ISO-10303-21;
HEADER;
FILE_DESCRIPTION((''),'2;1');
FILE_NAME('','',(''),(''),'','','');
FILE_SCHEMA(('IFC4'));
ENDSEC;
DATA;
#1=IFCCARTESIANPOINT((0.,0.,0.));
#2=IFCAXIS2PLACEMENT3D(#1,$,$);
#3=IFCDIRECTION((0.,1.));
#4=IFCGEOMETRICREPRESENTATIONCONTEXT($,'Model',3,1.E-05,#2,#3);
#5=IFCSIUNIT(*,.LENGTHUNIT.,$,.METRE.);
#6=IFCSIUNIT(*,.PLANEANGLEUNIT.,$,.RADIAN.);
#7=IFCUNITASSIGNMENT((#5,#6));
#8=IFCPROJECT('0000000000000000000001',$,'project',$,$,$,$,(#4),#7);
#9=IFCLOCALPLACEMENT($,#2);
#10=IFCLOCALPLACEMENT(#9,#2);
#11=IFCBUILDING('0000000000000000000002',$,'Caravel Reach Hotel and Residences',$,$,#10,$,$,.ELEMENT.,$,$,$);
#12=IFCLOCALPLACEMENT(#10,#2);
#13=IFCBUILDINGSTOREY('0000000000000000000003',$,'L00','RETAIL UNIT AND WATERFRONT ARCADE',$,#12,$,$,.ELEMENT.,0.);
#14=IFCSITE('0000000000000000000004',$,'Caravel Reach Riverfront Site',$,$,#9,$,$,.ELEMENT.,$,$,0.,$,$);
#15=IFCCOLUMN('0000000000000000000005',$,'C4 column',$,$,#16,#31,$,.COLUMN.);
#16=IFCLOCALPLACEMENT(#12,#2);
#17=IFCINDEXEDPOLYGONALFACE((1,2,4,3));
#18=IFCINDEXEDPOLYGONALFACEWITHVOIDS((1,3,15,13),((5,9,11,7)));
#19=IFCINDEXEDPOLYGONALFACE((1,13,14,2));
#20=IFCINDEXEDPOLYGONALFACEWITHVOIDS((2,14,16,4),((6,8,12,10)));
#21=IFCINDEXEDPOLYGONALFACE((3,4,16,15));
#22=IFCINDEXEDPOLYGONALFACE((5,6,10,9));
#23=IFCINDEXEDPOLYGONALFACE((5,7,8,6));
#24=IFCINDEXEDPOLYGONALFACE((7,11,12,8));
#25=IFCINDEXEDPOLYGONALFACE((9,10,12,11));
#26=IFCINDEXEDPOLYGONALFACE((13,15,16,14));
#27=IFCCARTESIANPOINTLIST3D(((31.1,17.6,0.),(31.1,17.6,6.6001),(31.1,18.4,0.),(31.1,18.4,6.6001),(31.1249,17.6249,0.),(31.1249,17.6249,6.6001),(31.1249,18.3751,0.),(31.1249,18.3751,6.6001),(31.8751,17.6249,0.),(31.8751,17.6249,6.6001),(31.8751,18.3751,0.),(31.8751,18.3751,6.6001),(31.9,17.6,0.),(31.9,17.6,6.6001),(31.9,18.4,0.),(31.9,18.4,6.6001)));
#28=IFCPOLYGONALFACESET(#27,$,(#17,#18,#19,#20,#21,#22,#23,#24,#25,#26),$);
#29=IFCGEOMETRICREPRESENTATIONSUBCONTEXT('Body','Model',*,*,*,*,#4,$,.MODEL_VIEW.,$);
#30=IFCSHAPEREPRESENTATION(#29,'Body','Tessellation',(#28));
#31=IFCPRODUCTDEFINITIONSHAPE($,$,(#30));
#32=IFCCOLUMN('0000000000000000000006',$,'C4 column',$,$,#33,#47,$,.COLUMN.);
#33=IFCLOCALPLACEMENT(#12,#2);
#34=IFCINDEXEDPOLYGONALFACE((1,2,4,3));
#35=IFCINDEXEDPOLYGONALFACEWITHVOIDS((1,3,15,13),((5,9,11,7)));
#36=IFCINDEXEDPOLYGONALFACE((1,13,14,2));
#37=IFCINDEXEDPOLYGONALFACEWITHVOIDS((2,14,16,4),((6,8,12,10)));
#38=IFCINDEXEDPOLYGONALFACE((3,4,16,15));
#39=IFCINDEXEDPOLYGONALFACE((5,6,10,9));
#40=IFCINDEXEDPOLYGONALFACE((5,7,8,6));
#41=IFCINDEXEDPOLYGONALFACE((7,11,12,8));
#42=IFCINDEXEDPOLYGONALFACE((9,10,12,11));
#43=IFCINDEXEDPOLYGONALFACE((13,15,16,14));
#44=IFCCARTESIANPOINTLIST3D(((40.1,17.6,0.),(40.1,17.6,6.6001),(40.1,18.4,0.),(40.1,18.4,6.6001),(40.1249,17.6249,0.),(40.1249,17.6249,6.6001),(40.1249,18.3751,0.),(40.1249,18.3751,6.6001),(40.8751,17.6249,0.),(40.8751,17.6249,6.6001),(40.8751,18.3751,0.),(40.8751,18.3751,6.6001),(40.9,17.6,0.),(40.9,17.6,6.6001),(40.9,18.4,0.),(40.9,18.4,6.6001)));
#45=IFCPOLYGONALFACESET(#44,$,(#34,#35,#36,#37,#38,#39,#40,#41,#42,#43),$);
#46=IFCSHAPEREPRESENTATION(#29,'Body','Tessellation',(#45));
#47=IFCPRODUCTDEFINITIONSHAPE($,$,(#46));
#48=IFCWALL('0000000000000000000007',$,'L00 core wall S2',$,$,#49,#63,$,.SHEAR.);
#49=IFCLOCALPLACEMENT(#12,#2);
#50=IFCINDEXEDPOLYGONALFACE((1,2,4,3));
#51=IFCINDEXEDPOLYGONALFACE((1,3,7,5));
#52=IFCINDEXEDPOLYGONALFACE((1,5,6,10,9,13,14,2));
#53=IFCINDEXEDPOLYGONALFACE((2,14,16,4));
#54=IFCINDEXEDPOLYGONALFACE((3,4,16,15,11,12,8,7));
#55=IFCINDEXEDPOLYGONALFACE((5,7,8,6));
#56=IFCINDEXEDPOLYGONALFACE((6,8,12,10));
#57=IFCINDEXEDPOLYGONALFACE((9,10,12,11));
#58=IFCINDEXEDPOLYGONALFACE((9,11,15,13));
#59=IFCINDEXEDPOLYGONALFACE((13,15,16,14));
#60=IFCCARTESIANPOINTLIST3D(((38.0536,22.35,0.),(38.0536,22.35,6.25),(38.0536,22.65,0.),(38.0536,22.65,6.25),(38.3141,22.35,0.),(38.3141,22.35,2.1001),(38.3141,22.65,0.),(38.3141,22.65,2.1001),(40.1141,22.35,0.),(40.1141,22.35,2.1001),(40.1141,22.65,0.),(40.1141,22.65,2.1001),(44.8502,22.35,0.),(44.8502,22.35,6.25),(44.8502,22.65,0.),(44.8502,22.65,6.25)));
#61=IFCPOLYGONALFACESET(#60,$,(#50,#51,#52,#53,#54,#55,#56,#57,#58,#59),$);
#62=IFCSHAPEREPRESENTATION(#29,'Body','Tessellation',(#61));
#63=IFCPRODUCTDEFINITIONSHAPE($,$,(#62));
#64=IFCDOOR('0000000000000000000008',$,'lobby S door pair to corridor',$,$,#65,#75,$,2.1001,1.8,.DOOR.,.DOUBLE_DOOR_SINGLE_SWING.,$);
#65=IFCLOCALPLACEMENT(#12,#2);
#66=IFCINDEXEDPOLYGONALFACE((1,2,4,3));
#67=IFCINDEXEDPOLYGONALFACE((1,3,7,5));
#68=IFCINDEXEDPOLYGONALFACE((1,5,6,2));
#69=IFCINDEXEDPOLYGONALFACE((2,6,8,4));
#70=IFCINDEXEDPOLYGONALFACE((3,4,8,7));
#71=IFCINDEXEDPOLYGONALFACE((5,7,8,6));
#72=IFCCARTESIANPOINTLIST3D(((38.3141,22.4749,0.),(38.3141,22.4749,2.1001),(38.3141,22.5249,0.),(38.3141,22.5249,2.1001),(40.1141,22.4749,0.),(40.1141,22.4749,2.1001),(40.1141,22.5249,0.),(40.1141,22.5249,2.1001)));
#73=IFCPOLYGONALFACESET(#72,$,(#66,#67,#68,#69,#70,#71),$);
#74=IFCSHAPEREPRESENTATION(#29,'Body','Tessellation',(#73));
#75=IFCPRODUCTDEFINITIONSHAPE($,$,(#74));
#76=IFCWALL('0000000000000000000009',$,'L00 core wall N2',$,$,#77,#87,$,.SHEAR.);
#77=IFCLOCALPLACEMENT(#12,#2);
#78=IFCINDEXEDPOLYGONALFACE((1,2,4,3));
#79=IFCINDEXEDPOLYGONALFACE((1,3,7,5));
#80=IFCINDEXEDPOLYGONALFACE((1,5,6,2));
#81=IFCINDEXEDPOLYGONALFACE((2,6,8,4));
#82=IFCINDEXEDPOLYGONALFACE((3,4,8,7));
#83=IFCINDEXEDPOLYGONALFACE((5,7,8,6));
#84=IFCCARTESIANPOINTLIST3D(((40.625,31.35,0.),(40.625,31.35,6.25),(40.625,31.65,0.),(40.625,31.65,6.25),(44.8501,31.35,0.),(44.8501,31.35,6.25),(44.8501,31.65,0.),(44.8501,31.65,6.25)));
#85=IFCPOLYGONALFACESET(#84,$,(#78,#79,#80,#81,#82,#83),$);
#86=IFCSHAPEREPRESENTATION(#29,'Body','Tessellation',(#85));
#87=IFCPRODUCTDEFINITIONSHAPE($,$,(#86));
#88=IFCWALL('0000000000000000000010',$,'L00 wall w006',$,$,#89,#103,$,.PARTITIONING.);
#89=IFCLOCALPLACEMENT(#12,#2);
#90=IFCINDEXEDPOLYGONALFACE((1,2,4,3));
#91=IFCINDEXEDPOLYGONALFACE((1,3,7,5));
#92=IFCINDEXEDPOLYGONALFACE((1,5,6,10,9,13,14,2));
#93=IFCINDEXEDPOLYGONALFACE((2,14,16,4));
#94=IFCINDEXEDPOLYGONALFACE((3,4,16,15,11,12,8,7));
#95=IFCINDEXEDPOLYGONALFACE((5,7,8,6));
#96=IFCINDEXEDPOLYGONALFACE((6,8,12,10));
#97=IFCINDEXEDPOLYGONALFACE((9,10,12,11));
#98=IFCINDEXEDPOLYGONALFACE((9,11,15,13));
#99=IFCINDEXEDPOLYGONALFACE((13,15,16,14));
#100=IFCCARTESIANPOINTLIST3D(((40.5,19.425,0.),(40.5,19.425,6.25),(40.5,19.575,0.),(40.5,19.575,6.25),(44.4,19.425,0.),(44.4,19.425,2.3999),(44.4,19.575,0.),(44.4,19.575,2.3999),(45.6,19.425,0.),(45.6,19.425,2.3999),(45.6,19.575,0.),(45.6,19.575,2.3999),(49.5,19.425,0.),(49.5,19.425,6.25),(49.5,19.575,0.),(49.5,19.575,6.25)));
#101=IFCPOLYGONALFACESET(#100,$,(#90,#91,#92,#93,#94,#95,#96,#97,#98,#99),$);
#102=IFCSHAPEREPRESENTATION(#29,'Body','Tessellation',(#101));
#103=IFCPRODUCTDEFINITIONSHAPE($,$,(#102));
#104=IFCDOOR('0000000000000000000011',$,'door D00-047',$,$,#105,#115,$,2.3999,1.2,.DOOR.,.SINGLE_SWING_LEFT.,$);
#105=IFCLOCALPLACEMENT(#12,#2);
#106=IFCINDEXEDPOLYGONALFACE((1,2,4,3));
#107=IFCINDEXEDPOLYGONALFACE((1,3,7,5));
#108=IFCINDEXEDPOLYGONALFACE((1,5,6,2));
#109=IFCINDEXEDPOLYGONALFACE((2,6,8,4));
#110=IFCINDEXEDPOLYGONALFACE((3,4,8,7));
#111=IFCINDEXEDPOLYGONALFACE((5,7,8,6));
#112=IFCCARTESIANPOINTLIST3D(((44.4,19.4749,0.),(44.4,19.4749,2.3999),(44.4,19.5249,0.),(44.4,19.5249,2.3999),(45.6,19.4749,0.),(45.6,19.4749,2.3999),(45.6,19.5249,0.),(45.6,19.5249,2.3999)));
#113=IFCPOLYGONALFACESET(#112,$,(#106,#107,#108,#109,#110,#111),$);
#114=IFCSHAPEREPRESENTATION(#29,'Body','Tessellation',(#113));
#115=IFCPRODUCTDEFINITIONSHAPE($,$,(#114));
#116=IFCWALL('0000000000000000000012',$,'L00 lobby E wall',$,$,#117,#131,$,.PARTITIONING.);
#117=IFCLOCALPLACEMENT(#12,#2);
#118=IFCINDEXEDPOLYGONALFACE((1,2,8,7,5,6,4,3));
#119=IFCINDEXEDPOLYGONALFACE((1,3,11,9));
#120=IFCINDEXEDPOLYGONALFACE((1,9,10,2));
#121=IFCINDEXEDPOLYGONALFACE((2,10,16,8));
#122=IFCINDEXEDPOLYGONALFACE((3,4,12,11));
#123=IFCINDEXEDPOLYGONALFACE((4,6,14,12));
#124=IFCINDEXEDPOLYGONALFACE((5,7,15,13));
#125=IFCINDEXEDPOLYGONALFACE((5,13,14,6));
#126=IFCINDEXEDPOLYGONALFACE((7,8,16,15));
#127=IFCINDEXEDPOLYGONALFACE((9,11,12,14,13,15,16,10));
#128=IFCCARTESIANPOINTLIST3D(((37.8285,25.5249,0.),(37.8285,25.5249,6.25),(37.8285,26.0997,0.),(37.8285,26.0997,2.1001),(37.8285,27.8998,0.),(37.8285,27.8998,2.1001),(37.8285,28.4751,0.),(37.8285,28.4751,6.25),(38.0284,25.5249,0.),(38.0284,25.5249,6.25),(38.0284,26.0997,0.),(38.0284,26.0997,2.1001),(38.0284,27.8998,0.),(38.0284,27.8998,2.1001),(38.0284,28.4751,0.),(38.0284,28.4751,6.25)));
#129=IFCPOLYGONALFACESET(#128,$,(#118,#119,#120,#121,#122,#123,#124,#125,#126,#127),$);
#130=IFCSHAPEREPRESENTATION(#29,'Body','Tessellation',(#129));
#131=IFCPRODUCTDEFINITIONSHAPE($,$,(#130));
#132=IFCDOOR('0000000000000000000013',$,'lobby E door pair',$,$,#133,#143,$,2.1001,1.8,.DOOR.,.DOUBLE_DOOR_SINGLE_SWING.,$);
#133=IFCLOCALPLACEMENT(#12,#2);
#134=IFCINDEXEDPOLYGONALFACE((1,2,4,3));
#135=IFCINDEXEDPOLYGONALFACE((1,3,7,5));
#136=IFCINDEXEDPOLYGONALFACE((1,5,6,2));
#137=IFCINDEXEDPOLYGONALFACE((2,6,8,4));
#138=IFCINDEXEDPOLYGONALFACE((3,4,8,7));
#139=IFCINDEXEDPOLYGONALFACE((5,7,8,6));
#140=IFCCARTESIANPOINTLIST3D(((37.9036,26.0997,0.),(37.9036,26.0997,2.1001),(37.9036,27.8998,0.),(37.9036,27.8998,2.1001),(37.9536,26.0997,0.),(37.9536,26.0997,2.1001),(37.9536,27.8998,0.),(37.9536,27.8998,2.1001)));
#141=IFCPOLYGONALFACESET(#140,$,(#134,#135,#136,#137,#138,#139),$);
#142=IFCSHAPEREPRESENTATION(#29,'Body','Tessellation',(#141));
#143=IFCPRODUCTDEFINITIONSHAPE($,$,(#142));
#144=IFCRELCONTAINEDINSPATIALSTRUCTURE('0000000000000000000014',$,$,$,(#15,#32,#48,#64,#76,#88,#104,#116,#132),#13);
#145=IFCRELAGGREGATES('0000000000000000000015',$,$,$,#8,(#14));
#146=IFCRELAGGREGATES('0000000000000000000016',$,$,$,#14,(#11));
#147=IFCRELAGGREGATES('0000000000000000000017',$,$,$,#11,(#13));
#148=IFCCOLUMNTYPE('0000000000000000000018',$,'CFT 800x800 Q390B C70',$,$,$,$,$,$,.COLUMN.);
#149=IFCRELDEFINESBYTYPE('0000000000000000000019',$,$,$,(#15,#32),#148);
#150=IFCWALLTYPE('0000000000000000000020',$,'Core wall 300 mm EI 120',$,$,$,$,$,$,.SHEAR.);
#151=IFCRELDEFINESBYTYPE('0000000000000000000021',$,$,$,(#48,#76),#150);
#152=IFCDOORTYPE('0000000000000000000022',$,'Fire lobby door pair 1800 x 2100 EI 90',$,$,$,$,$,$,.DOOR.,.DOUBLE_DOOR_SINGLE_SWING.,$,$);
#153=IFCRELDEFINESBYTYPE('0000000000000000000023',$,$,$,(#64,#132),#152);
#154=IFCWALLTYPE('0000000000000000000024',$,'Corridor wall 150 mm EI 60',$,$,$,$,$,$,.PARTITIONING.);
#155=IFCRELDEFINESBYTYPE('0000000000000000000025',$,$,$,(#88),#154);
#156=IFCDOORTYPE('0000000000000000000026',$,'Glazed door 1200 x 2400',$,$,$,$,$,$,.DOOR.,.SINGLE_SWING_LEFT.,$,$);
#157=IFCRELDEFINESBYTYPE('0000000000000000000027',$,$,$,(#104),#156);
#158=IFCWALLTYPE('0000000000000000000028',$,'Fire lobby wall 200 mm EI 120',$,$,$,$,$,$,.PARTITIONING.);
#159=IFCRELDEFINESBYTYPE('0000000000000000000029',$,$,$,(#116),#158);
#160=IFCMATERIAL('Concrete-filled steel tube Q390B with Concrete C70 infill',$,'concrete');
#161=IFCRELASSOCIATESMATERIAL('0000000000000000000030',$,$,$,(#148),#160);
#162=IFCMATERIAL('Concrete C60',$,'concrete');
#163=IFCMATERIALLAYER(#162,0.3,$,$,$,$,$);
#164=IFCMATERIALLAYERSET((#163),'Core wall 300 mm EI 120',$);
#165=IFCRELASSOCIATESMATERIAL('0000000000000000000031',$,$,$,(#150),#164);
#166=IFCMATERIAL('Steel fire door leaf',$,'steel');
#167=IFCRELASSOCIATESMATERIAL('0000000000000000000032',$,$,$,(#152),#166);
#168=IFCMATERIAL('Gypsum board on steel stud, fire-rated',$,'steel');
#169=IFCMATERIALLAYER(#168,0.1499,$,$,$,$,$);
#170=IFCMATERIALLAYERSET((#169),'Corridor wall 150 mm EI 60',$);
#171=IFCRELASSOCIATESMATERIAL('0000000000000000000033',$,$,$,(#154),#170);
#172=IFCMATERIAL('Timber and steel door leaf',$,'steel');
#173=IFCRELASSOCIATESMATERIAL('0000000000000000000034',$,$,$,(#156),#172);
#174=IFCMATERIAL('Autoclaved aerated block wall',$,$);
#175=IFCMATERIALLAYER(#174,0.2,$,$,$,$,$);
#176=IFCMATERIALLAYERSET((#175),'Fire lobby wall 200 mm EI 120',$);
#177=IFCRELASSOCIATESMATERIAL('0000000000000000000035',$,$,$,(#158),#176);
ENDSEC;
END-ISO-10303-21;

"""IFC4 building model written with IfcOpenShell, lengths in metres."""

from ifc_helpers import new_model, si_unit, direction, frame, frame_2d, origin, origin_2d, place, context, subcontext, project, spatial, rectangle, hollow_rectangle, extrude, material, layer, layer_set, material_profile, profile_set, type_object, element, fill, save


model = new_model("IFC4")

# Units and contexts
model_context = context("Model", 3, precision=1e-05, world=origin(), true_north=direction((0.0, 1.0)))
body_context = subcontext(model_context, "Body", "Model", "MODEL_VIEW")
ifc_project = project(units=[si_unit("LENGTHUNIT", "METRE"), si_unit("PLANEANGLEUNIT", "RADIAN")], contexts=[model_context])

# Site, building, storey
site_placement = place(None, origin())
site = spatial("IfcSite", under=ifc_project, at=site_placement, Name="Caravel Reach Riverfront Site", CompositionType="ELEMENT", RefElevation=0.0)
building_placement = place(site_placement, origin())
building = spatial("IfcBuilding", under=site, at=building_placement, Name="Caravel Reach Hotel and Residences", CompositionType="ELEMENT")
storey_placement = place(building_placement, origin())
storey = spatial("IfcBuildingStorey", under=building, at=storey_placement, Name="L00", Description="RETAIL UNIT AND WATERFRONT ARCADE", CompositionType="ELEMENT", Elevation=0.0)

# Columns
ifc_material_1 = material(Name="Concrete-filled steel tube Q390B with Concrete C70 infill", Category="concrete")
ifc_material_profile = material_profile(ifc_material_1, hollow_rectangle(XDim=0.8, YDim=0.8, WallThickness=0.0249, at=origin_2d()), Name="RHS 800x800x25")
ifc_profile_set = profile_set([ifc_material_profile], Name="Concrete-filled steel tube Q390B with Concrete C70 infill")
column_type = type_object("IfcColumnType", Name="CFT 800x800 Q390B C70", PredefinedType="COLUMN", material=ifc_profile_set)
for number, where, z_axis, x_axis, name in (
    (1, (31.5, 18.0, 0.0), (0.0, 0.0, 1.0), (1.0, 0.0, 0.0), "C4 column"),
    (2, (40.5, 18.0, 0.0), (0.0, 0.0, 1.0), (1.0, 0.0, 0.0), "C4 column"),
):
    element("IfcColumn", number, at=place(storey_placement, frame(where, z_axis=z_axis, x_axis=x_axis)), inside=storey, type_object=column_type, Name=name, PredefinedType="COLUMN", context=body_context, shape_type="SweptSolid", body=[
        extrude(hollow_rectangle(XDim=0.8, YDim=0.8, WallThickness=0.0249, at=origin_2d()), origin(), (0.0, 0.0, 1.0), 6.6001),
    ])

# Wall, opening, door
ifc_material_2 = material(Name="Concrete C60", Category="concrete")
ifc_layer_1 = layer(ifc_material_2, 0.3)
ifc_layer_set_1 = layer_set([ifc_layer_1], Name="Core wall 300 mm EI 120")
wall_type_1 = type_object("IfcWallType", Name="Core wall 300 mm EI 120", PredefinedType="SHEAR", material=ifc_layer_set_1)
wall_1_placement = place(storey_placement, frame((38.0535, 22.5, 0.0), z_axis=(0.0, 0.0, 1.0), x_axis=(1.0, 0.0, 0.0)))
wall_1 = element("IfcWall", 3, at=wall_1_placement, inside=storey, type_object=wall_type_1, Name="L00 core wall S2", PredefinedType="SHEAR", context=body_context, shape_type="SweptSolid", body=[
    extrude(rectangle(XDim=6.7966, YDim=0.3, at=frame_2d((3.3984, 0.0))), origin(), (0.0, 0.0, 1.0), 6.25),
])
opening_1_placement = place(wall_1_placement, frame((0.2607, 0.0, 0.0)))
opening_1 = element("IfcOpeningElement", 4, at=opening_1_placement, cuts=wall_1, PredefinedType="OPENING", context=body_context, shape_type="SweptSolid", body=[
    extrude(rectangle(XDim=1.8, YDim=2.1001, at=frame_2d((0.8999, 1.05))), frame((0.0, 0.1599, 0.0), z_axis=(0.0, -1.0, 0.0), x_axis=(1.0, 0.0, 0.0)), (0.0, 0.0, 1.0), 0.3201),
])
ifc_material_3 = material(Name="Steel fire door leaf", Category="steel")
door_type_1 = type_object("IfcDoorType", Name="Fire lobby door pair 1800 x 2100 EI 90", OperationType="DOUBLE_DOOR_SINGLE_SWING", PredefinedType="DOOR", material=ifc_material_3)
door_1_placement = place(opening_1_placement, origin())
door_1 = element("IfcDoor", 5, at=door_1_placement, inside=storey, type_object=door_type_1, Name="lobby S door pair to corridor", OperationType="DOUBLE_DOOR_SINGLE_SWING", OverallHeight=2.1001, OverallWidth=1.8, PredefinedType="DOOR", context=body_context, shape_type="SweptSolid", body=[
    extrude(rectangle(XDim=1.8, YDim=2.1001, at=frame_2d((0.8999, 1.05))), frame((0.0, 0.0249, 0.0), z_axis=(0.0, -1.0, 0.0), x_axis=(1.0, 0.0, 0.0)), (0.0, 0.0, 1.0), 0.05),
])
fill(opening_1, door_1)

# Wall
wall_2_placement = place(storey_placement, frame((40.625, 31.5, 0.0), z_axis=(0.0, 0.0, 1.0), x_axis=(1.0, 0.0, 0.0)))
element("IfcWall", 6, at=wall_2_placement, inside=storey, type_object=wall_type_1, Name="L00 core wall N2", PredefinedType="SHEAR", context=body_context, shape_type="SweptSolid", body=[
    extrude(rectangle(XDim=4.2251, YDim=0.3, at=frame_2d((2.1125, 0.0))), origin(), (0.0, 0.0, 1.0), 6.25),
])

# Walls, openings, doors
ifc_material_4 = material(Name="Gypsum board on steel stud, fire-rated", Category="steel")
ifc_layer_2 = layer(ifc_material_4, 0.1499)
ifc_layer_set_2 = layer_set([ifc_layer_2], Name="Corridor wall 150 mm EI 60")
wall_type_2 = type_object("IfcWallType", Name="Corridor wall 150 mm EI 60", PredefinedType="PARTITIONING", material=ifc_layer_set_2)
wall_3_placement = place(storey_placement, frame((40.5, 19.5, 0.0), z_axis=(0.0, 0.0, 1.0), x_axis=(1.0, 0.0, 0.0)))
wall_3 = element("IfcWall", 7, at=wall_3_placement, inside=storey, type_object=wall_type_2, Name="L00 wall w006", PredefinedType="PARTITIONING", context=body_context, shape_type="SweptSolid", body=[
    extrude(rectangle(XDim=9.0, YDim=0.1499, at=frame_2d((4.5, 0.0))), origin(), (0.0, 0.0, 1.0), 6.25),
])
opening_2_placement = place(wall_3_placement, frame((3.8999, 0.0, 0.0)))
opening_2 = element("IfcOpeningElement", 8, at=opening_2_placement, cuts=wall_3, PredefinedType="OPENING", context=body_context, shape_type="SweptSolid", body=[
    extrude(rectangle(XDim=1.2, YDim=2.3999, at=frame_2d((0.6001, 1.2))), frame((0.0, 0.085, 0.0), z_axis=(0.0, -1.0, 0.0), x_axis=(1.0, 0.0, 0.0)), (0.0, 0.0, 1.0), 0.1699),
])
ifc_material_5 = material(Name="Timber and steel door leaf", Category="steel")
door_type_2 = type_object("IfcDoorType", Name="Glazed door 1200 x 2400", OperationType="SINGLE_SWING_LEFT", PredefinedType="DOOR", material=ifc_material_5)
door_2_placement = place(opening_2_placement, origin())
door_2 = element("IfcDoor", 9, at=door_2_placement, inside=storey, type_object=door_type_2, Name="door D00-047", OperationType="SINGLE_SWING_LEFT", OverallHeight=2.3999, OverallWidth=1.2, PredefinedType="DOOR", context=body_context, shape_type="SweptSolid", body=[
    extrude(rectangle(XDim=1.2, YDim=2.3999, at=frame_2d((0.6001, 1.2))), frame((0.0, 0.0249, 0.0), z_axis=(0.0, -1.0, 0.0), x_axis=(1.0, 0.0, 0.0)), (0.0, 0.0, 1.0), 0.05),
])
fill(opening_2, door_2)
ifc_material_6 = material(Name="Autoclaved aerated block wall")
ifc_layer_3 = layer(ifc_material_6, 0.2)
ifc_layer_set_3 = layer_set([ifc_layer_3], Name="Fire lobby wall 200 mm EI 120")
wall_type_3 = type_object("IfcWallType", Name="Fire lobby wall 200 mm EI 120", PredefinedType="PARTITIONING", material=ifc_layer_set_3)
wall_4_placement = place(storey_placement, frame((37.9285, 25.5249, 0.0), z_axis=(0.0, 0.0, 1.0), x_axis=(0.0, 1.0, 0.0)))
wall_4 = element("IfcWall", 10, at=wall_4_placement, inside=storey, type_object=wall_type_3, Name="L00 lobby E wall", PredefinedType="PARTITIONING", context=body_context, shape_type="SweptSolid", body=[
    extrude(rectangle(XDim=2.9502, YDim=0.2, at=frame_2d((1.4751, 0.0))), origin(), (0.0, 0.0, 1.0), 6.25),
])
opening_3_placement = place(wall_4_placement, frame((0.575, 0.0, 0.0)))
opening_3 = element("IfcOpeningElement", 11, at=opening_3_placement, cuts=wall_4, PredefinedType="OPENING", context=body_context, shape_type="SweptSolid", body=[
    extrude(rectangle(XDim=1.8, YDim=2.1001, at=frame_2d((0.8999, 1.05))), frame((0.0, 0.1099, 0.0), z_axis=(0.0, -1.0, 0.0), x_axis=(1.0, 0.0, 0.0)), (0.0, 0.0, 1.0), 0.22),
])
door_3_placement = place(opening_3_placement, origin())
door_3 = element("IfcDoor", 12, at=door_3_placement, inside=storey, type_object=door_type_1, Name="lobby E door pair", OperationType="DOUBLE_DOOR_SINGLE_SWING", OverallHeight=2.1001, OverallWidth=1.8, PredefinedType="DOOR", context=body_context, shape_type="SweptSolid", body=[
    extrude(rectangle(XDim=1.8, YDim=2.1001, at=frame_2d((0.8999, 1.05))), frame((0.0, 0.0249, 0.0), z_axis=(0.0, -1.0, 0.0), x_axis=(1.0, 0.0, 0.0)), (0.0, 0.0, 1.0), 0.05),
])
fill(opening_3, door_3)

save(model, "model.ifc")
